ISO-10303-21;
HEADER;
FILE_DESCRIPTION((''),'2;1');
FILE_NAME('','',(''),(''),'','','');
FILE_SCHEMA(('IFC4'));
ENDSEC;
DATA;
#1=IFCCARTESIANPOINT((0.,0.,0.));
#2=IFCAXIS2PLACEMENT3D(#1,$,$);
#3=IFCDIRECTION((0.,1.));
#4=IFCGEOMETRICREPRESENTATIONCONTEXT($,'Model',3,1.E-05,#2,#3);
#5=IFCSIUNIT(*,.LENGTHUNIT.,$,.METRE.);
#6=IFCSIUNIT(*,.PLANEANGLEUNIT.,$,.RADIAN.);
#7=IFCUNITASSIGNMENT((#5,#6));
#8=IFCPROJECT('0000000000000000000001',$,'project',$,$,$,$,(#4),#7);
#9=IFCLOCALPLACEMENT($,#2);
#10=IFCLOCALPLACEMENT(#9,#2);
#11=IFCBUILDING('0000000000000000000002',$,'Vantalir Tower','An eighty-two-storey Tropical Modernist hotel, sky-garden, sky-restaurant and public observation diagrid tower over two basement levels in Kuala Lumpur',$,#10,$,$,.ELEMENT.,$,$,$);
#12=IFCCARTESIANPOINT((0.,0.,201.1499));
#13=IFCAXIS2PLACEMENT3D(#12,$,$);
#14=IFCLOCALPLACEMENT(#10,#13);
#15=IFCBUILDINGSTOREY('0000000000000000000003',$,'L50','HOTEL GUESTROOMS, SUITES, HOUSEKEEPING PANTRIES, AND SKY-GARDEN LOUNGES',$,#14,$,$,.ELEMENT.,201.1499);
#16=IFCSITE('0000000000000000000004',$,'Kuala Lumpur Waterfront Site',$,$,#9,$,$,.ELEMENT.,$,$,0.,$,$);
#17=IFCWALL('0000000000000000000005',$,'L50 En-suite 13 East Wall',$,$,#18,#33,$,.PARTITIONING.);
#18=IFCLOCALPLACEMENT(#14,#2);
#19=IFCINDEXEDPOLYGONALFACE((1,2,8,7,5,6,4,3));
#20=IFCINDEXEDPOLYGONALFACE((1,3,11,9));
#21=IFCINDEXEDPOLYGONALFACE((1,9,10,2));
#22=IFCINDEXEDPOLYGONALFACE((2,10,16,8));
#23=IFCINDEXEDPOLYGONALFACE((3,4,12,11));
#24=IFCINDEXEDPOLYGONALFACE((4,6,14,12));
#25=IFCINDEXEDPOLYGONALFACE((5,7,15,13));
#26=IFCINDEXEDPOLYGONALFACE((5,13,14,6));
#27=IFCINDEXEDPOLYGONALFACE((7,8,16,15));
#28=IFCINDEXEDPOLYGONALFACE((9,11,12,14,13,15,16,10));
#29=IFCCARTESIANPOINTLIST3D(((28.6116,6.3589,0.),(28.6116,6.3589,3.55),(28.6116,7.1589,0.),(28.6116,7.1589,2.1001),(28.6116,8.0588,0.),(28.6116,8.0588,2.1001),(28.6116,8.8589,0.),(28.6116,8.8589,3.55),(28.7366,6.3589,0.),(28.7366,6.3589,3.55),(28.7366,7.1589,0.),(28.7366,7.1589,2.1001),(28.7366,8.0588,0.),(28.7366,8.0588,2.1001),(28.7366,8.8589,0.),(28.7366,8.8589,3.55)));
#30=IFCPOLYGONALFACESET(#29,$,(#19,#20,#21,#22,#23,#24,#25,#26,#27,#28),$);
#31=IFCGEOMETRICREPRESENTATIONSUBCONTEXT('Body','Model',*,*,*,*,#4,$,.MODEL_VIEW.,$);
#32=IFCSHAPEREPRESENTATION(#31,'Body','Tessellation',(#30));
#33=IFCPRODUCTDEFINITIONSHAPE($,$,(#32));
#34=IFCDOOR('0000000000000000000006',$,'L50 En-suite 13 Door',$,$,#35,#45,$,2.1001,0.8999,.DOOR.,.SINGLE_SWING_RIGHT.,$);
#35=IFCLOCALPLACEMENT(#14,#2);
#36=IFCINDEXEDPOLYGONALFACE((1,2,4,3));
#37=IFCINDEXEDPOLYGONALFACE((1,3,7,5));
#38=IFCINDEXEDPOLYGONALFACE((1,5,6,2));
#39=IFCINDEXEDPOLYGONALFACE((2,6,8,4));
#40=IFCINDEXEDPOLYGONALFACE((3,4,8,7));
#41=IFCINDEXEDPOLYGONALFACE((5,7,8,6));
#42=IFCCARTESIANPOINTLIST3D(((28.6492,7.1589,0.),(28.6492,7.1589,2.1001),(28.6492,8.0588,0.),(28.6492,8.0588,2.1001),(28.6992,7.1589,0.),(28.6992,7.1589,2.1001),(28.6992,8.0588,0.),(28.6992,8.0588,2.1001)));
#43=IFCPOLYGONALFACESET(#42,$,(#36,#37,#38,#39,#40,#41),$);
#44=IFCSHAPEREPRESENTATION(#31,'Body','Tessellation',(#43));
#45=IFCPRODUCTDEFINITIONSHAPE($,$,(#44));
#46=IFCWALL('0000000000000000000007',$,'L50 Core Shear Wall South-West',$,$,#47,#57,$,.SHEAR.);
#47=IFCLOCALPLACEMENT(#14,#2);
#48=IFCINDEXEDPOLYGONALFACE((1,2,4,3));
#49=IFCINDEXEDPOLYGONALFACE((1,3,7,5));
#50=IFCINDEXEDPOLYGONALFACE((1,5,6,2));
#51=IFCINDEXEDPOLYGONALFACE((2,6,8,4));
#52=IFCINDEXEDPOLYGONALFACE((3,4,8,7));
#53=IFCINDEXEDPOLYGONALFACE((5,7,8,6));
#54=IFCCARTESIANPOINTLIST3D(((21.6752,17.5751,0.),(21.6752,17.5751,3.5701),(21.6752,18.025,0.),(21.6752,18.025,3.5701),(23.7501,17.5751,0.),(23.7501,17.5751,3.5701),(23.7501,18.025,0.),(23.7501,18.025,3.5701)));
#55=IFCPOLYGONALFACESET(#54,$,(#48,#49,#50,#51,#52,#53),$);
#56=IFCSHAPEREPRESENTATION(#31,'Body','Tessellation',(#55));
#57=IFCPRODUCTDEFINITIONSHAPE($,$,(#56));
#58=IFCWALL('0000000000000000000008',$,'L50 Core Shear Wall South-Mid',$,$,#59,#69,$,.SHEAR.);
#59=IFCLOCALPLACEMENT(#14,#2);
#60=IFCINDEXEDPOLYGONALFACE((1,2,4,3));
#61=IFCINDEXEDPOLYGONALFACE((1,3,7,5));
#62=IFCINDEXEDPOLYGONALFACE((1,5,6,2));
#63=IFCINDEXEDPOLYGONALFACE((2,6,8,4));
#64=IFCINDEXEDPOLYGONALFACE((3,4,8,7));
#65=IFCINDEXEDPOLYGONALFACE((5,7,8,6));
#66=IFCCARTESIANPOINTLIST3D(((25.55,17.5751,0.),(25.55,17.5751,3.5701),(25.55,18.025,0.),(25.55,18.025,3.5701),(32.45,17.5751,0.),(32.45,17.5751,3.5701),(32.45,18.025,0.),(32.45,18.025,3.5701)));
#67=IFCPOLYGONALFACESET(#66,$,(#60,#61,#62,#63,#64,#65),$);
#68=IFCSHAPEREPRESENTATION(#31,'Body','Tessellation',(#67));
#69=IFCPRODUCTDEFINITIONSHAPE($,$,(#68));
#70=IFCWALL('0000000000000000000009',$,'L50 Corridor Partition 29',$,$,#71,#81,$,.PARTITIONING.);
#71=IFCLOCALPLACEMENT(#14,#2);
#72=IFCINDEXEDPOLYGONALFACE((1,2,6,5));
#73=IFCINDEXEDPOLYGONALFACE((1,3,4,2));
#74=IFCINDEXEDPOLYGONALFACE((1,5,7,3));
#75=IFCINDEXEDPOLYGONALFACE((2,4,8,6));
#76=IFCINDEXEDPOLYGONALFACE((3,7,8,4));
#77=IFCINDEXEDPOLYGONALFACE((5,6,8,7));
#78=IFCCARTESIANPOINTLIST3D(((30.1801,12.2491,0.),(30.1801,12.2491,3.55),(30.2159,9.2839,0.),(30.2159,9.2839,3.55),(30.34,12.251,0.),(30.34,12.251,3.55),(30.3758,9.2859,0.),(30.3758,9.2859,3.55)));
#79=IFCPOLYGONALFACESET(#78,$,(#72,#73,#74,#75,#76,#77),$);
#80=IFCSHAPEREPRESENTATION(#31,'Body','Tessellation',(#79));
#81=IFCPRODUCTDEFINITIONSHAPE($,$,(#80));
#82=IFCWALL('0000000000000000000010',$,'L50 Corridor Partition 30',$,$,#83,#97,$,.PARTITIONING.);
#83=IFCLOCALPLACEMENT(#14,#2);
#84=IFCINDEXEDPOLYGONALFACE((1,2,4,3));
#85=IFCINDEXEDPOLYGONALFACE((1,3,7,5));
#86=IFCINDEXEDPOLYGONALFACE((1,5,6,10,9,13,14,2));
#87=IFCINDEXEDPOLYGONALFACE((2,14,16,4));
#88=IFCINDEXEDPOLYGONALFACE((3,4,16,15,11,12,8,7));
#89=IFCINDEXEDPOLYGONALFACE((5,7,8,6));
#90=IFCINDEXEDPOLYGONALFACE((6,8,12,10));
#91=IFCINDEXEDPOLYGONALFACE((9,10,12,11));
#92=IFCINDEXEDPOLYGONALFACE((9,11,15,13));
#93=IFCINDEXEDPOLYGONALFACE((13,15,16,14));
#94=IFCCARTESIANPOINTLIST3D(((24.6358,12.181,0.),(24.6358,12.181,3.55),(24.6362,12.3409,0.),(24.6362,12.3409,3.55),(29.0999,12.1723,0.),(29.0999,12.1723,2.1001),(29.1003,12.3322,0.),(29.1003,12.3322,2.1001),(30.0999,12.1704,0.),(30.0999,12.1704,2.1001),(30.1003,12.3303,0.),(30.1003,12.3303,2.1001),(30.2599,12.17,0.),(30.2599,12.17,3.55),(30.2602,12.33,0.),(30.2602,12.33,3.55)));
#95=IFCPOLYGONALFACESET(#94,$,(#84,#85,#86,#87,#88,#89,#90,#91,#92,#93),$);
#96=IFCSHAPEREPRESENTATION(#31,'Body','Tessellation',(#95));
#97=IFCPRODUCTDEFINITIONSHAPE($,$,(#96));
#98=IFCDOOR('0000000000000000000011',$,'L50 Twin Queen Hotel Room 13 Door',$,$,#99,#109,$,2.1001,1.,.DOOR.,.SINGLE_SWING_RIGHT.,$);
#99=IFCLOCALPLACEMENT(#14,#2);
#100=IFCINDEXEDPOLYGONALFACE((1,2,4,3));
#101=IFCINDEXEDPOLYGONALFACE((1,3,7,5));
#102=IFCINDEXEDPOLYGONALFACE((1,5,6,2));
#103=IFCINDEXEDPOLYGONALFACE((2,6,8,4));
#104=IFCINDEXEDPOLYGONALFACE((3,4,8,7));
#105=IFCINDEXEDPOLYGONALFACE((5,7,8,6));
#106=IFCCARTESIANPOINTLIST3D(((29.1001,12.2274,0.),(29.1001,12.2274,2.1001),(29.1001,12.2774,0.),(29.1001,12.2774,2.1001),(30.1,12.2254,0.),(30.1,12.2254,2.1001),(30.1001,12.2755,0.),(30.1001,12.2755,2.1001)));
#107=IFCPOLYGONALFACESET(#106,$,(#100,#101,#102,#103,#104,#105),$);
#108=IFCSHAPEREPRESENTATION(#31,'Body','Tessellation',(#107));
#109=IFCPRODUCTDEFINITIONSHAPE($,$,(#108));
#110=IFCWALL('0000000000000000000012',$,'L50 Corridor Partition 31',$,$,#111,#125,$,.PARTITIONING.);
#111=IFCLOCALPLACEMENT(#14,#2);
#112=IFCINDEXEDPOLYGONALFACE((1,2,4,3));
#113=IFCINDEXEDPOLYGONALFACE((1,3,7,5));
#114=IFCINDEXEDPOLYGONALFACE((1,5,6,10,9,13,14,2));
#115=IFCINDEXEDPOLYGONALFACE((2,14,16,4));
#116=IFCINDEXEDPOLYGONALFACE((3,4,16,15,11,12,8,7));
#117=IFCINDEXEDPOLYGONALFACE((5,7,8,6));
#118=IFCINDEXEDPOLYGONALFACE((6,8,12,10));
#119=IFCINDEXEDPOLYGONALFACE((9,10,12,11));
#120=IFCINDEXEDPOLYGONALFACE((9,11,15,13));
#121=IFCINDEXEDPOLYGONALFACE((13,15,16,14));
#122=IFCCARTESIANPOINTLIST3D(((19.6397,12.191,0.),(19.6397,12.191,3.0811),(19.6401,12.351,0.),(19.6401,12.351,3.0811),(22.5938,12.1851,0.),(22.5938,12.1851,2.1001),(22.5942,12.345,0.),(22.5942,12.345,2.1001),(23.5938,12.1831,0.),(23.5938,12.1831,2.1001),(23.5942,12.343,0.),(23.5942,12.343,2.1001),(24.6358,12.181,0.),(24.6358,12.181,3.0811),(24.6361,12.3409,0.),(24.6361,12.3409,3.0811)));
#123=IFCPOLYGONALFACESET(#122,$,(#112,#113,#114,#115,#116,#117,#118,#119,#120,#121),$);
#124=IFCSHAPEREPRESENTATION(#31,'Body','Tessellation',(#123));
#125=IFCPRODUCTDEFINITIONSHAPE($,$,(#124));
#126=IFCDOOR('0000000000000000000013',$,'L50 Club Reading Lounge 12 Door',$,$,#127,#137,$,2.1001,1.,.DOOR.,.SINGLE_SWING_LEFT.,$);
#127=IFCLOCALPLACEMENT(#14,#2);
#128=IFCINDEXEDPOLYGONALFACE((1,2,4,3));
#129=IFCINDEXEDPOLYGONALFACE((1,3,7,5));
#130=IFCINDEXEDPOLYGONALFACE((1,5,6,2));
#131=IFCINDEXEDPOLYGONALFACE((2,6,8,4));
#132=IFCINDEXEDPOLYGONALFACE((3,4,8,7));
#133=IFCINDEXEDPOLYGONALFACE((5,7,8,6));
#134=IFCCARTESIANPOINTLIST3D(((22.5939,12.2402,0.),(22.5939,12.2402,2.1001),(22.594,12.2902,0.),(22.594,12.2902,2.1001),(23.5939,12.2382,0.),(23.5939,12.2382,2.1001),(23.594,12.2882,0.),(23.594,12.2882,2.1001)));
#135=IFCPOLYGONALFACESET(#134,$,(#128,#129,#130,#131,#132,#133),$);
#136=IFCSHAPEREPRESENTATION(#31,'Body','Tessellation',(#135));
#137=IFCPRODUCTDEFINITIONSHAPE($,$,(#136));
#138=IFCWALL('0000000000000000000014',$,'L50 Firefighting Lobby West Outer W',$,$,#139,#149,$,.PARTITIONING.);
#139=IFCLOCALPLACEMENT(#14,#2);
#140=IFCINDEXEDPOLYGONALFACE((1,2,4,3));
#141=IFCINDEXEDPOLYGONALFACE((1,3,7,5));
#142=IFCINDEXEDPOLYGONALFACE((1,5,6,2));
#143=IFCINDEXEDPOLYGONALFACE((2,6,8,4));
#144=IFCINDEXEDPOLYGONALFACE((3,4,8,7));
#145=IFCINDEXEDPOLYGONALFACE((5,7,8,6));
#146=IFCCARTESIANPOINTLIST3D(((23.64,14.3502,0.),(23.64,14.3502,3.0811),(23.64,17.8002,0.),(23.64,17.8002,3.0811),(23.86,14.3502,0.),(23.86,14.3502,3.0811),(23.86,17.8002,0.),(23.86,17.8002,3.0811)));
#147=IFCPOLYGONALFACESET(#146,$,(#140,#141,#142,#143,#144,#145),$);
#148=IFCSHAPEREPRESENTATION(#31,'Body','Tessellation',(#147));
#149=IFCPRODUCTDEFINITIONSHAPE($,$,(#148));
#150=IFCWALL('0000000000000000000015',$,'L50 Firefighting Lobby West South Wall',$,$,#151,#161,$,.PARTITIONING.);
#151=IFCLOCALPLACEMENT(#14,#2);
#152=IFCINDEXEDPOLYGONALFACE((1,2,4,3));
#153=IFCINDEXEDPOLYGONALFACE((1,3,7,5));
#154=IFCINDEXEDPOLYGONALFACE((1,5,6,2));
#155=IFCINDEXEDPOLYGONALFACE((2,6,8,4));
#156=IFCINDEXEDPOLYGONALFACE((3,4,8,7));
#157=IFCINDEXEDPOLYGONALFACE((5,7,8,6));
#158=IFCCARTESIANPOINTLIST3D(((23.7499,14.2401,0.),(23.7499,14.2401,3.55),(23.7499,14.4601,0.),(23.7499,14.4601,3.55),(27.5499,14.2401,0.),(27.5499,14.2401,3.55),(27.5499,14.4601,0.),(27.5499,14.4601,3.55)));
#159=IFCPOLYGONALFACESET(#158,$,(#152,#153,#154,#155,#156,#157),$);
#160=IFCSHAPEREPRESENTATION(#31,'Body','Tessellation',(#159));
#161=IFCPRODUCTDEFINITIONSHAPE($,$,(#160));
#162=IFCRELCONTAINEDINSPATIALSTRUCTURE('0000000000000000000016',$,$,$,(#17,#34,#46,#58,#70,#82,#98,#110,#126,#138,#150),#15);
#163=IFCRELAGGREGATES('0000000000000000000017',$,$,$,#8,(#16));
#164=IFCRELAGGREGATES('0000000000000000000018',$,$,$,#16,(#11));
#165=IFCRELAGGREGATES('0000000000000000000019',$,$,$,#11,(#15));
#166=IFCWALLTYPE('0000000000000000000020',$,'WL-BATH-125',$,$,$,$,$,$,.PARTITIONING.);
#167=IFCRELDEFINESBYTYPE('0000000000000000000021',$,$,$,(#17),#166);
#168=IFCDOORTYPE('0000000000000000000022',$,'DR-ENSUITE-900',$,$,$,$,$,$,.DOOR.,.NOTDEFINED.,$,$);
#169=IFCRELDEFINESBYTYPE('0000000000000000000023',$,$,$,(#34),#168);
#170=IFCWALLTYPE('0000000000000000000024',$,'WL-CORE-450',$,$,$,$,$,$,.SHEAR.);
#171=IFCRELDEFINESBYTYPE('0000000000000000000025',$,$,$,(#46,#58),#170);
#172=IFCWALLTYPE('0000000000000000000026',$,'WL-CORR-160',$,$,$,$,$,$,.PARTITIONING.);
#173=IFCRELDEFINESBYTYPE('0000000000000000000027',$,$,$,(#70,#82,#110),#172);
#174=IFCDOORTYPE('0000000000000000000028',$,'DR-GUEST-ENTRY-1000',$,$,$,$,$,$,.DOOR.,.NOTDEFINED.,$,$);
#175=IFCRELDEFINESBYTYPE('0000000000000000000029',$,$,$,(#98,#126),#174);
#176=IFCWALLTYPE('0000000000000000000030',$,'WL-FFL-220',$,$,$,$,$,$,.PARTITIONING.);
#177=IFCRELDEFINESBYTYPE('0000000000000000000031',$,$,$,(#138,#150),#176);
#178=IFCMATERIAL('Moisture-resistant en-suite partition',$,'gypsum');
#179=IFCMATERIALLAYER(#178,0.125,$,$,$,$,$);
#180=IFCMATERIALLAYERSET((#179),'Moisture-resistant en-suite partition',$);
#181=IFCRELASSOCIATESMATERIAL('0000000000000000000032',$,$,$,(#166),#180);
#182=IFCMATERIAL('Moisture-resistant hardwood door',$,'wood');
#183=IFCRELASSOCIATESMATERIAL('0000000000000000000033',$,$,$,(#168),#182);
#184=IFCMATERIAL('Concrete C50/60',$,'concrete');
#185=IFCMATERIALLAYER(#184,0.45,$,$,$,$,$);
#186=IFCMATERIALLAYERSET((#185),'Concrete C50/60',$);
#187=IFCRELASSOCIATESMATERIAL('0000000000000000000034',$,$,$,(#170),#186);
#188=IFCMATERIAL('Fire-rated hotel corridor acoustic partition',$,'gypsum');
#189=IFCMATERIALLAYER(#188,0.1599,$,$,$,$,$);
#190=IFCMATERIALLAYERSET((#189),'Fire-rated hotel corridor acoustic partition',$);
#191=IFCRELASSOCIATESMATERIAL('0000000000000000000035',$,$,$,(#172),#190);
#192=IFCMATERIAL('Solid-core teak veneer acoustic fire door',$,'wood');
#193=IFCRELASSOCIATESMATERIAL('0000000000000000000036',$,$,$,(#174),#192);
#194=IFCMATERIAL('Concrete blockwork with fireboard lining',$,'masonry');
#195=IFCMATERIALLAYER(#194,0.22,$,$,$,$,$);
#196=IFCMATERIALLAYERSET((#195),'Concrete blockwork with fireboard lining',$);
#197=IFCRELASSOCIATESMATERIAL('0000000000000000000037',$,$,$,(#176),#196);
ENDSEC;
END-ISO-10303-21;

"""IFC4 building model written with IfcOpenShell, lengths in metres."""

from ifc_helpers import new_model, si_unit, direction, frame, frame_2d, origin, place, context, subcontext, project, spatial, rectangle, extrude, material, layer, layer_set, type_object, element, fill, save


model = new_model("IFC4")

# Units and contexts
model_context = context("Model", 3, precision=1e-05, world=origin(), true_north=direction((0.0, 1.0)))
body_context = subcontext(model_context, "Body", "Model", "MODEL_VIEW")
ifc_project = project(units=[si_unit("LENGTHUNIT", "METRE"), si_unit("PLANEANGLEUNIT", "RADIAN")], contexts=[model_context])

# Site, building, storey
site_placement = place(None, origin())
site = spatial("IfcSite", under=ifc_project, at=site_placement, Name="Kuala Lumpur Waterfront Site", CompositionType="ELEMENT", RefElevation=0.0)
building_placement = place(site_placement, origin())
building = spatial("IfcBuilding", under=site, at=building_placement, Name="Vantalir Tower", Description="An eighty-two-storey Tropical Modernist hotel, sky-garden, sky-restaurant and public observation diagrid tower over two basement levels in Kuala Lumpur", CompositionType="ELEMENT")
storey_placement = place(building_placement, frame((0.0, 0.0, 201.1499)))
storey = spatial("IfcBuildingStorey", under=building, at=storey_placement, Name="L50", Description="HOTEL GUESTROOMS, SUITES, HOUSEKEEPING PANTRIES, AND SKY-GARDEN LOUNGES", CompositionType="ELEMENT", Elevation=201.1499)

# Shared definitions
ifc_material_1 = material(Name="Concrete C50/60", Category="concrete")

# Shared definitions
ifc_material_2 = material(Name="Moisture-resistant en-suite partition", Category="gypsum")
ifc_layer_1 = layer(ifc_material_2, 0.125)
ifc_layer_set_1 = layer_set([ifc_layer_1], Name="Moisture-resistant en-suite partition")
wall_type_1 = type_object("IfcWallType", Name="WL-BATH-125", PredefinedType="PARTITIONING", material=ifc_layer_set_1)

# Wall, opening, door
wall_1_placement = place(storey_placement, frame((28.6741, 6.3589, 0.0), z_axis=(0.0, 0.0, 1.0), x_axis=(0.0, 1.0, 0.0)))
wall_1 = element("IfcWall", 1, at=wall_1_placement, inside=storey, type_object=wall_type_1, Name="L50 En-suite 13 East Wall", PredefinedType="PARTITIONING", context=body_context, shape_type="SweptSolid", body=[
    extrude(rectangle(XDim=2.5, YDim=0.125, at=frame_2d((1.25, 0.0))), origin(), (0.0, 0.0, 1.0), 3.55),
])
opening_1_placement = place(wall_1_placement, frame((0.8, 0.0, 0.0)))
opening_1 = element("IfcOpeningElement", 2, at=opening_1_placement, cuts=wall_1, PredefinedType="OPENING", context=body_context, shape_type="SweptSolid", body=[
    extrude(rectangle(XDim=0.8999, YDim=2.1001, at=frame_2d((0.45, 1.05))), frame((0.0, 0.0725, 0.0), z_axis=(0.0, -1.0, 0.0), x_axis=(1.0, 0.0, 0.0)), (0.0, 0.0, 1.0), 0.145),
])
ifc_material_3 = material(Name="Moisture-resistant hardwood door", Category="wood")
door_type_1 = type_object("IfcDoorType", Name="DR-ENSUITE-900", OperationType="NOTDEFINED", PredefinedType="DOOR", material=ifc_material_3)
door_1_placement = place(opening_1_placement, origin())
door_1 = element("IfcDoor", 3, at=door_1_placement, inside=storey, type_object=door_type_1, Name="L50 En-suite 13 Door", OperationType="SINGLE_SWING_RIGHT", OverallHeight=2.1001, OverallWidth=0.8999, PredefinedType="DOOR", context=body_context, shape_type="SweptSolid", body=[
    extrude(rectangle(XDim=0.8999, YDim=2.1001, at=frame_2d((0.45, 1.05))), frame((0.0, 0.0249, 0.0), z_axis=(0.0, -1.0, 0.0), x_axis=(1.0, 0.0, 0.0)), (0.0, 0.0, 1.0), 0.05),
])
fill(opening_1, door_1)

# Walls
ifc_layer_2 = layer(ifc_material_1, 0.45)
ifc_layer_set_2 = layer_set([ifc_layer_2], Name="Concrete C50/60")
wall_type_2 = type_object("IfcWallType", Name="WL-CORE-450", PredefinedType="SHEAR", material=ifc_layer_set_2)
wall_2_placement = place(storey_placement, frame((21.675, 17.8, 0.0), z_axis=(0.0, 0.0, 1.0), x_axis=(1.0, 0.0, 0.0)))
element("IfcWall", 4, at=wall_2_placement, inside=storey, type_object=wall_type_2, Name="L50 Core Shear Wall South-West", PredefinedType="SHEAR", context=body_context, shape_type="SweptSolid", body=[
    extrude(rectangle(XDim=2.075, YDim=0.45, at=frame_2d((1.0376, 0.0))), origin(), (0.0, 0.0, 1.0), 3.5701),
])
wall_3_placement = place(storey_placement, frame((25.55, 17.8, 0.0), z_axis=(0.0, 0.0, 1.0), x_axis=(1.0, 0.0, 0.0)))
element("IfcWall", 5, at=wall_3_placement, inside=storey, type_object=wall_type_2, Name="L50 Core Shear Wall South-Mid", PredefinedType="SHEAR", context=body_context, shape_type="SweptSolid", body=[
    extrude(rectangle(XDim=6.8999, YDim=0.45, at=frame_2d((3.45, 0.0))), origin(), (0.0, 0.0, 1.0), 3.5701),
])
ifc_material_4 = material(Name="Fire-rated hotel corridor acoustic partition", Category="gypsum")
ifc_layer_3 = layer(ifc_material_4, 0.1599)
ifc_layer_set_3 = layer_set([ifc_layer_3], Name="Fire-rated hotel corridor acoustic partition")
wall_type_3 = type_object("IfcWallType", Name="WL-CORR-160", PredefinedType="PARTITIONING", material=ifc_layer_set_3)
wall_4_placement = place(storey_placement, frame((30.2959, 9.2849, 0.0), z_axis=(0.0, 0.0, 1.0), x_axis=(-0.012103, 0.999927, 0.0)))
element("IfcWall", 6, at=wall_4_placement, inside=storey, type_object=wall_type_3, Name="L50 Corridor Partition 29", PredefinedType="PARTITIONING", context=body_context, shape_type="SweptSolid", body=[
    extrude(rectangle(XDim=2.9653, YDim=0.1599, at=frame_2d((1.4827, 0.0))), origin(), (0.0, 0.0, 1.0), 3.55),
])

# Walls, openings, doors
wall_5_placement = place(storey_placement, frame((30.26, 12.25, 0.0), z_axis=(0.0, 0.0, 1.0), x_axis=(-0.999998, 0.001953, 0.0)))
wall_5 = element("IfcWall", 7, at=wall_5_placement, inside=storey, type_object=wall_type_3, Name="L50 Corridor Partition 30", PredefinedType="PARTITIONING", context=body_context, shape_type="SweptSolid", body=[
    extrude(rectangle(XDim=5.624, YDim=0.1599, at=frame_2d((2.812, 0.0))), origin(), (0.0, 0.0, 1.0), 3.55),
])
opening_2_placement = place(wall_5_placement, frame((0.1599, 0.0, 0.0)))
opening_2 = element("IfcOpeningElement", 8, at=opening_2_placement, cuts=wall_5, PredefinedType="OPENING", context=body_context, shape_type="SweptSolid", body=[
    extrude(rectangle(XDim=1.0, YDim=2.1001, at=frame_2d((0.5, 1.05))), frame((0.0, 0.0898, 0.0), z_axis=(0.0, -1.0, 0.0), x_axis=(1.0, 0.0, 0.0)), (0.0, 0.0, 1.0), 0.1799),
])
ifc_material_5 = material(Name="Solid-core teak veneer acoustic fire door", Category="wood")
door_type_2 = type_object("IfcDoorType", Name="DR-GUEST-ENTRY-1000", OperationType="NOTDEFINED", PredefinedType="DOOR", material=ifc_material_5)
door_2_placement = place(opening_2_placement, origin())
door_2 = element("IfcDoor", 9, at=door_2_placement, inside=storey, type_object=door_type_2, Name="L50 Twin Queen Hotel Room 13 Door", OperationType="SINGLE_SWING_RIGHT", OverallHeight=2.1001, OverallWidth=1.0, PredefinedType="DOOR", context=body_context, shape_type="SweptSolid", body=[
    extrude(rectangle(XDim=1.0, YDim=2.1001, at=frame_2d((0.5, 1.05))), frame((0.0, 0.0249, 0.0), z_axis=(0.0, -1.0, 0.0), x_axis=(1.0, 0.0, 0.0)), (0.0, 0.0, 1.0), 0.05),
])
fill(opening_2, door_2)
wall_6_placement = place(storey_placement, frame((24.636, 12.261, 0.0), z_axis=(0.0, 0.0, 1.0), x_axis=(-0.999998, 0.002004, 0.0)))
wall_6 = element("IfcWall", 10, at=wall_6_placement, inside=storey, type_object=wall_type_3, Name="L50 Corridor Partition 31", PredefinedType="PARTITIONING", context=body_context, shape_type="SweptSolid", body=[
    extrude(rectangle(XDim=4.9961, YDim=0.1599, at=frame_2d((2.498, 0.0))), origin(), (0.0, 0.0, 1.0), 3.0811),
])
opening_3_placement = place(wall_6_placement, frame((1.042, 0.0, 0.0)))
opening_3 = element("IfcOpeningElement", 11, at=opening_3_placement, cuts=wall_6, PredefinedType="OPENING", context=body_context, shape_type="SweptSolid", body=[
    extrude(rectangle(XDim=1.0, YDim=2.1001, at=frame_2d((0.5, 1.05))), frame((0.0, 0.0898, 0.0), z_axis=(0.0, -1.0, 0.0), x_axis=(1.0, 0.0, 0.0)), (0.0, 0.0, 1.0), 0.1799),
])
door_3_placement = place(opening_3_placement, origin())
door_3 = element("IfcDoor", 12, at=door_3_placement, inside=storey, type_object=door_type_2, Name="L50 Club Reading Lounge 12 Door", OperationType="SINGLE_SWING_LEFT", OverallHeight=2.1001, OverallWidth=1.0, PredefinedType="DOOR", context=body_context, shape_type="SweptSolid", body=[
    extrude(rectangle(XDim=1.0, YDim=2.1001, at=frame_2d((0.5, 1.05))), frame((0.0, 0.0249, 0.0), z_axis=(0.0, -1.0, 0.0), x_axis=(1.0, 0.0, 0.0)), (0.0, 0.0, 1.0), 0.05),
])
fill(opening_3, door_3)

# Walls
ifc_material_6 = material(Name="Concrete blockwork with fireboard lining", Category="masonry")
ifc_layer_4 = layer(ifc_material_6, 0.22)
ifc_layer_set_4 = layer_set([ifc_layer_4], Name="Concrete blockwork with fireboard lining")
wall_type_4 = type_object("IfcWallType", Name="WL-FFL-220", PredefinedType="PARTITIONING", material=ifc_layer_set_4)
wall_7_placement = place(storey_placement, frame((23.75, 14.3501, 0.0), z_axis=(0.0, 0.0, 1.0), x_axis=(0.0, 1.0, 0.0)))
element("IfcWall", 13, at=wall_7_placement, inside=storey, type_object=wall_type_4, Name="L50 Firefighting Lobby West Outer W", PredefinedType="PARTITIONING", context=body_context, shape_type="SweptSolid", body=[
    extrude(rectangle(XDim=3.45, YDim=0.22, at=frame_2d((1.7251, 0.0))), origin(), (0.0, 0.0, 1.0), 3.0811),
])
wall_8_placement = place(storey_placement, frame((23.75, 14.3501, 0.0), z_axis=(0.0, 0.0, 1.0), x_axis=(1.0, 0.0, 0.0)))
element("IfcWall", 14, at=wall_8_placement, inside=storey, type_object=wall_type_4, Name="L50 Firefighting Lobby West South Wall", PredefinedType="PARTITIONING", context=body_context, shape_type="SweptSolid", body=[
    extrude(rectangle(XDim=3.8, YDim=0.22, at=frame_2d((1.8999, 0.0))), origin(), (0.0, 0.0, 1.0), 3.55),
])

save(model, "model.ifc")
